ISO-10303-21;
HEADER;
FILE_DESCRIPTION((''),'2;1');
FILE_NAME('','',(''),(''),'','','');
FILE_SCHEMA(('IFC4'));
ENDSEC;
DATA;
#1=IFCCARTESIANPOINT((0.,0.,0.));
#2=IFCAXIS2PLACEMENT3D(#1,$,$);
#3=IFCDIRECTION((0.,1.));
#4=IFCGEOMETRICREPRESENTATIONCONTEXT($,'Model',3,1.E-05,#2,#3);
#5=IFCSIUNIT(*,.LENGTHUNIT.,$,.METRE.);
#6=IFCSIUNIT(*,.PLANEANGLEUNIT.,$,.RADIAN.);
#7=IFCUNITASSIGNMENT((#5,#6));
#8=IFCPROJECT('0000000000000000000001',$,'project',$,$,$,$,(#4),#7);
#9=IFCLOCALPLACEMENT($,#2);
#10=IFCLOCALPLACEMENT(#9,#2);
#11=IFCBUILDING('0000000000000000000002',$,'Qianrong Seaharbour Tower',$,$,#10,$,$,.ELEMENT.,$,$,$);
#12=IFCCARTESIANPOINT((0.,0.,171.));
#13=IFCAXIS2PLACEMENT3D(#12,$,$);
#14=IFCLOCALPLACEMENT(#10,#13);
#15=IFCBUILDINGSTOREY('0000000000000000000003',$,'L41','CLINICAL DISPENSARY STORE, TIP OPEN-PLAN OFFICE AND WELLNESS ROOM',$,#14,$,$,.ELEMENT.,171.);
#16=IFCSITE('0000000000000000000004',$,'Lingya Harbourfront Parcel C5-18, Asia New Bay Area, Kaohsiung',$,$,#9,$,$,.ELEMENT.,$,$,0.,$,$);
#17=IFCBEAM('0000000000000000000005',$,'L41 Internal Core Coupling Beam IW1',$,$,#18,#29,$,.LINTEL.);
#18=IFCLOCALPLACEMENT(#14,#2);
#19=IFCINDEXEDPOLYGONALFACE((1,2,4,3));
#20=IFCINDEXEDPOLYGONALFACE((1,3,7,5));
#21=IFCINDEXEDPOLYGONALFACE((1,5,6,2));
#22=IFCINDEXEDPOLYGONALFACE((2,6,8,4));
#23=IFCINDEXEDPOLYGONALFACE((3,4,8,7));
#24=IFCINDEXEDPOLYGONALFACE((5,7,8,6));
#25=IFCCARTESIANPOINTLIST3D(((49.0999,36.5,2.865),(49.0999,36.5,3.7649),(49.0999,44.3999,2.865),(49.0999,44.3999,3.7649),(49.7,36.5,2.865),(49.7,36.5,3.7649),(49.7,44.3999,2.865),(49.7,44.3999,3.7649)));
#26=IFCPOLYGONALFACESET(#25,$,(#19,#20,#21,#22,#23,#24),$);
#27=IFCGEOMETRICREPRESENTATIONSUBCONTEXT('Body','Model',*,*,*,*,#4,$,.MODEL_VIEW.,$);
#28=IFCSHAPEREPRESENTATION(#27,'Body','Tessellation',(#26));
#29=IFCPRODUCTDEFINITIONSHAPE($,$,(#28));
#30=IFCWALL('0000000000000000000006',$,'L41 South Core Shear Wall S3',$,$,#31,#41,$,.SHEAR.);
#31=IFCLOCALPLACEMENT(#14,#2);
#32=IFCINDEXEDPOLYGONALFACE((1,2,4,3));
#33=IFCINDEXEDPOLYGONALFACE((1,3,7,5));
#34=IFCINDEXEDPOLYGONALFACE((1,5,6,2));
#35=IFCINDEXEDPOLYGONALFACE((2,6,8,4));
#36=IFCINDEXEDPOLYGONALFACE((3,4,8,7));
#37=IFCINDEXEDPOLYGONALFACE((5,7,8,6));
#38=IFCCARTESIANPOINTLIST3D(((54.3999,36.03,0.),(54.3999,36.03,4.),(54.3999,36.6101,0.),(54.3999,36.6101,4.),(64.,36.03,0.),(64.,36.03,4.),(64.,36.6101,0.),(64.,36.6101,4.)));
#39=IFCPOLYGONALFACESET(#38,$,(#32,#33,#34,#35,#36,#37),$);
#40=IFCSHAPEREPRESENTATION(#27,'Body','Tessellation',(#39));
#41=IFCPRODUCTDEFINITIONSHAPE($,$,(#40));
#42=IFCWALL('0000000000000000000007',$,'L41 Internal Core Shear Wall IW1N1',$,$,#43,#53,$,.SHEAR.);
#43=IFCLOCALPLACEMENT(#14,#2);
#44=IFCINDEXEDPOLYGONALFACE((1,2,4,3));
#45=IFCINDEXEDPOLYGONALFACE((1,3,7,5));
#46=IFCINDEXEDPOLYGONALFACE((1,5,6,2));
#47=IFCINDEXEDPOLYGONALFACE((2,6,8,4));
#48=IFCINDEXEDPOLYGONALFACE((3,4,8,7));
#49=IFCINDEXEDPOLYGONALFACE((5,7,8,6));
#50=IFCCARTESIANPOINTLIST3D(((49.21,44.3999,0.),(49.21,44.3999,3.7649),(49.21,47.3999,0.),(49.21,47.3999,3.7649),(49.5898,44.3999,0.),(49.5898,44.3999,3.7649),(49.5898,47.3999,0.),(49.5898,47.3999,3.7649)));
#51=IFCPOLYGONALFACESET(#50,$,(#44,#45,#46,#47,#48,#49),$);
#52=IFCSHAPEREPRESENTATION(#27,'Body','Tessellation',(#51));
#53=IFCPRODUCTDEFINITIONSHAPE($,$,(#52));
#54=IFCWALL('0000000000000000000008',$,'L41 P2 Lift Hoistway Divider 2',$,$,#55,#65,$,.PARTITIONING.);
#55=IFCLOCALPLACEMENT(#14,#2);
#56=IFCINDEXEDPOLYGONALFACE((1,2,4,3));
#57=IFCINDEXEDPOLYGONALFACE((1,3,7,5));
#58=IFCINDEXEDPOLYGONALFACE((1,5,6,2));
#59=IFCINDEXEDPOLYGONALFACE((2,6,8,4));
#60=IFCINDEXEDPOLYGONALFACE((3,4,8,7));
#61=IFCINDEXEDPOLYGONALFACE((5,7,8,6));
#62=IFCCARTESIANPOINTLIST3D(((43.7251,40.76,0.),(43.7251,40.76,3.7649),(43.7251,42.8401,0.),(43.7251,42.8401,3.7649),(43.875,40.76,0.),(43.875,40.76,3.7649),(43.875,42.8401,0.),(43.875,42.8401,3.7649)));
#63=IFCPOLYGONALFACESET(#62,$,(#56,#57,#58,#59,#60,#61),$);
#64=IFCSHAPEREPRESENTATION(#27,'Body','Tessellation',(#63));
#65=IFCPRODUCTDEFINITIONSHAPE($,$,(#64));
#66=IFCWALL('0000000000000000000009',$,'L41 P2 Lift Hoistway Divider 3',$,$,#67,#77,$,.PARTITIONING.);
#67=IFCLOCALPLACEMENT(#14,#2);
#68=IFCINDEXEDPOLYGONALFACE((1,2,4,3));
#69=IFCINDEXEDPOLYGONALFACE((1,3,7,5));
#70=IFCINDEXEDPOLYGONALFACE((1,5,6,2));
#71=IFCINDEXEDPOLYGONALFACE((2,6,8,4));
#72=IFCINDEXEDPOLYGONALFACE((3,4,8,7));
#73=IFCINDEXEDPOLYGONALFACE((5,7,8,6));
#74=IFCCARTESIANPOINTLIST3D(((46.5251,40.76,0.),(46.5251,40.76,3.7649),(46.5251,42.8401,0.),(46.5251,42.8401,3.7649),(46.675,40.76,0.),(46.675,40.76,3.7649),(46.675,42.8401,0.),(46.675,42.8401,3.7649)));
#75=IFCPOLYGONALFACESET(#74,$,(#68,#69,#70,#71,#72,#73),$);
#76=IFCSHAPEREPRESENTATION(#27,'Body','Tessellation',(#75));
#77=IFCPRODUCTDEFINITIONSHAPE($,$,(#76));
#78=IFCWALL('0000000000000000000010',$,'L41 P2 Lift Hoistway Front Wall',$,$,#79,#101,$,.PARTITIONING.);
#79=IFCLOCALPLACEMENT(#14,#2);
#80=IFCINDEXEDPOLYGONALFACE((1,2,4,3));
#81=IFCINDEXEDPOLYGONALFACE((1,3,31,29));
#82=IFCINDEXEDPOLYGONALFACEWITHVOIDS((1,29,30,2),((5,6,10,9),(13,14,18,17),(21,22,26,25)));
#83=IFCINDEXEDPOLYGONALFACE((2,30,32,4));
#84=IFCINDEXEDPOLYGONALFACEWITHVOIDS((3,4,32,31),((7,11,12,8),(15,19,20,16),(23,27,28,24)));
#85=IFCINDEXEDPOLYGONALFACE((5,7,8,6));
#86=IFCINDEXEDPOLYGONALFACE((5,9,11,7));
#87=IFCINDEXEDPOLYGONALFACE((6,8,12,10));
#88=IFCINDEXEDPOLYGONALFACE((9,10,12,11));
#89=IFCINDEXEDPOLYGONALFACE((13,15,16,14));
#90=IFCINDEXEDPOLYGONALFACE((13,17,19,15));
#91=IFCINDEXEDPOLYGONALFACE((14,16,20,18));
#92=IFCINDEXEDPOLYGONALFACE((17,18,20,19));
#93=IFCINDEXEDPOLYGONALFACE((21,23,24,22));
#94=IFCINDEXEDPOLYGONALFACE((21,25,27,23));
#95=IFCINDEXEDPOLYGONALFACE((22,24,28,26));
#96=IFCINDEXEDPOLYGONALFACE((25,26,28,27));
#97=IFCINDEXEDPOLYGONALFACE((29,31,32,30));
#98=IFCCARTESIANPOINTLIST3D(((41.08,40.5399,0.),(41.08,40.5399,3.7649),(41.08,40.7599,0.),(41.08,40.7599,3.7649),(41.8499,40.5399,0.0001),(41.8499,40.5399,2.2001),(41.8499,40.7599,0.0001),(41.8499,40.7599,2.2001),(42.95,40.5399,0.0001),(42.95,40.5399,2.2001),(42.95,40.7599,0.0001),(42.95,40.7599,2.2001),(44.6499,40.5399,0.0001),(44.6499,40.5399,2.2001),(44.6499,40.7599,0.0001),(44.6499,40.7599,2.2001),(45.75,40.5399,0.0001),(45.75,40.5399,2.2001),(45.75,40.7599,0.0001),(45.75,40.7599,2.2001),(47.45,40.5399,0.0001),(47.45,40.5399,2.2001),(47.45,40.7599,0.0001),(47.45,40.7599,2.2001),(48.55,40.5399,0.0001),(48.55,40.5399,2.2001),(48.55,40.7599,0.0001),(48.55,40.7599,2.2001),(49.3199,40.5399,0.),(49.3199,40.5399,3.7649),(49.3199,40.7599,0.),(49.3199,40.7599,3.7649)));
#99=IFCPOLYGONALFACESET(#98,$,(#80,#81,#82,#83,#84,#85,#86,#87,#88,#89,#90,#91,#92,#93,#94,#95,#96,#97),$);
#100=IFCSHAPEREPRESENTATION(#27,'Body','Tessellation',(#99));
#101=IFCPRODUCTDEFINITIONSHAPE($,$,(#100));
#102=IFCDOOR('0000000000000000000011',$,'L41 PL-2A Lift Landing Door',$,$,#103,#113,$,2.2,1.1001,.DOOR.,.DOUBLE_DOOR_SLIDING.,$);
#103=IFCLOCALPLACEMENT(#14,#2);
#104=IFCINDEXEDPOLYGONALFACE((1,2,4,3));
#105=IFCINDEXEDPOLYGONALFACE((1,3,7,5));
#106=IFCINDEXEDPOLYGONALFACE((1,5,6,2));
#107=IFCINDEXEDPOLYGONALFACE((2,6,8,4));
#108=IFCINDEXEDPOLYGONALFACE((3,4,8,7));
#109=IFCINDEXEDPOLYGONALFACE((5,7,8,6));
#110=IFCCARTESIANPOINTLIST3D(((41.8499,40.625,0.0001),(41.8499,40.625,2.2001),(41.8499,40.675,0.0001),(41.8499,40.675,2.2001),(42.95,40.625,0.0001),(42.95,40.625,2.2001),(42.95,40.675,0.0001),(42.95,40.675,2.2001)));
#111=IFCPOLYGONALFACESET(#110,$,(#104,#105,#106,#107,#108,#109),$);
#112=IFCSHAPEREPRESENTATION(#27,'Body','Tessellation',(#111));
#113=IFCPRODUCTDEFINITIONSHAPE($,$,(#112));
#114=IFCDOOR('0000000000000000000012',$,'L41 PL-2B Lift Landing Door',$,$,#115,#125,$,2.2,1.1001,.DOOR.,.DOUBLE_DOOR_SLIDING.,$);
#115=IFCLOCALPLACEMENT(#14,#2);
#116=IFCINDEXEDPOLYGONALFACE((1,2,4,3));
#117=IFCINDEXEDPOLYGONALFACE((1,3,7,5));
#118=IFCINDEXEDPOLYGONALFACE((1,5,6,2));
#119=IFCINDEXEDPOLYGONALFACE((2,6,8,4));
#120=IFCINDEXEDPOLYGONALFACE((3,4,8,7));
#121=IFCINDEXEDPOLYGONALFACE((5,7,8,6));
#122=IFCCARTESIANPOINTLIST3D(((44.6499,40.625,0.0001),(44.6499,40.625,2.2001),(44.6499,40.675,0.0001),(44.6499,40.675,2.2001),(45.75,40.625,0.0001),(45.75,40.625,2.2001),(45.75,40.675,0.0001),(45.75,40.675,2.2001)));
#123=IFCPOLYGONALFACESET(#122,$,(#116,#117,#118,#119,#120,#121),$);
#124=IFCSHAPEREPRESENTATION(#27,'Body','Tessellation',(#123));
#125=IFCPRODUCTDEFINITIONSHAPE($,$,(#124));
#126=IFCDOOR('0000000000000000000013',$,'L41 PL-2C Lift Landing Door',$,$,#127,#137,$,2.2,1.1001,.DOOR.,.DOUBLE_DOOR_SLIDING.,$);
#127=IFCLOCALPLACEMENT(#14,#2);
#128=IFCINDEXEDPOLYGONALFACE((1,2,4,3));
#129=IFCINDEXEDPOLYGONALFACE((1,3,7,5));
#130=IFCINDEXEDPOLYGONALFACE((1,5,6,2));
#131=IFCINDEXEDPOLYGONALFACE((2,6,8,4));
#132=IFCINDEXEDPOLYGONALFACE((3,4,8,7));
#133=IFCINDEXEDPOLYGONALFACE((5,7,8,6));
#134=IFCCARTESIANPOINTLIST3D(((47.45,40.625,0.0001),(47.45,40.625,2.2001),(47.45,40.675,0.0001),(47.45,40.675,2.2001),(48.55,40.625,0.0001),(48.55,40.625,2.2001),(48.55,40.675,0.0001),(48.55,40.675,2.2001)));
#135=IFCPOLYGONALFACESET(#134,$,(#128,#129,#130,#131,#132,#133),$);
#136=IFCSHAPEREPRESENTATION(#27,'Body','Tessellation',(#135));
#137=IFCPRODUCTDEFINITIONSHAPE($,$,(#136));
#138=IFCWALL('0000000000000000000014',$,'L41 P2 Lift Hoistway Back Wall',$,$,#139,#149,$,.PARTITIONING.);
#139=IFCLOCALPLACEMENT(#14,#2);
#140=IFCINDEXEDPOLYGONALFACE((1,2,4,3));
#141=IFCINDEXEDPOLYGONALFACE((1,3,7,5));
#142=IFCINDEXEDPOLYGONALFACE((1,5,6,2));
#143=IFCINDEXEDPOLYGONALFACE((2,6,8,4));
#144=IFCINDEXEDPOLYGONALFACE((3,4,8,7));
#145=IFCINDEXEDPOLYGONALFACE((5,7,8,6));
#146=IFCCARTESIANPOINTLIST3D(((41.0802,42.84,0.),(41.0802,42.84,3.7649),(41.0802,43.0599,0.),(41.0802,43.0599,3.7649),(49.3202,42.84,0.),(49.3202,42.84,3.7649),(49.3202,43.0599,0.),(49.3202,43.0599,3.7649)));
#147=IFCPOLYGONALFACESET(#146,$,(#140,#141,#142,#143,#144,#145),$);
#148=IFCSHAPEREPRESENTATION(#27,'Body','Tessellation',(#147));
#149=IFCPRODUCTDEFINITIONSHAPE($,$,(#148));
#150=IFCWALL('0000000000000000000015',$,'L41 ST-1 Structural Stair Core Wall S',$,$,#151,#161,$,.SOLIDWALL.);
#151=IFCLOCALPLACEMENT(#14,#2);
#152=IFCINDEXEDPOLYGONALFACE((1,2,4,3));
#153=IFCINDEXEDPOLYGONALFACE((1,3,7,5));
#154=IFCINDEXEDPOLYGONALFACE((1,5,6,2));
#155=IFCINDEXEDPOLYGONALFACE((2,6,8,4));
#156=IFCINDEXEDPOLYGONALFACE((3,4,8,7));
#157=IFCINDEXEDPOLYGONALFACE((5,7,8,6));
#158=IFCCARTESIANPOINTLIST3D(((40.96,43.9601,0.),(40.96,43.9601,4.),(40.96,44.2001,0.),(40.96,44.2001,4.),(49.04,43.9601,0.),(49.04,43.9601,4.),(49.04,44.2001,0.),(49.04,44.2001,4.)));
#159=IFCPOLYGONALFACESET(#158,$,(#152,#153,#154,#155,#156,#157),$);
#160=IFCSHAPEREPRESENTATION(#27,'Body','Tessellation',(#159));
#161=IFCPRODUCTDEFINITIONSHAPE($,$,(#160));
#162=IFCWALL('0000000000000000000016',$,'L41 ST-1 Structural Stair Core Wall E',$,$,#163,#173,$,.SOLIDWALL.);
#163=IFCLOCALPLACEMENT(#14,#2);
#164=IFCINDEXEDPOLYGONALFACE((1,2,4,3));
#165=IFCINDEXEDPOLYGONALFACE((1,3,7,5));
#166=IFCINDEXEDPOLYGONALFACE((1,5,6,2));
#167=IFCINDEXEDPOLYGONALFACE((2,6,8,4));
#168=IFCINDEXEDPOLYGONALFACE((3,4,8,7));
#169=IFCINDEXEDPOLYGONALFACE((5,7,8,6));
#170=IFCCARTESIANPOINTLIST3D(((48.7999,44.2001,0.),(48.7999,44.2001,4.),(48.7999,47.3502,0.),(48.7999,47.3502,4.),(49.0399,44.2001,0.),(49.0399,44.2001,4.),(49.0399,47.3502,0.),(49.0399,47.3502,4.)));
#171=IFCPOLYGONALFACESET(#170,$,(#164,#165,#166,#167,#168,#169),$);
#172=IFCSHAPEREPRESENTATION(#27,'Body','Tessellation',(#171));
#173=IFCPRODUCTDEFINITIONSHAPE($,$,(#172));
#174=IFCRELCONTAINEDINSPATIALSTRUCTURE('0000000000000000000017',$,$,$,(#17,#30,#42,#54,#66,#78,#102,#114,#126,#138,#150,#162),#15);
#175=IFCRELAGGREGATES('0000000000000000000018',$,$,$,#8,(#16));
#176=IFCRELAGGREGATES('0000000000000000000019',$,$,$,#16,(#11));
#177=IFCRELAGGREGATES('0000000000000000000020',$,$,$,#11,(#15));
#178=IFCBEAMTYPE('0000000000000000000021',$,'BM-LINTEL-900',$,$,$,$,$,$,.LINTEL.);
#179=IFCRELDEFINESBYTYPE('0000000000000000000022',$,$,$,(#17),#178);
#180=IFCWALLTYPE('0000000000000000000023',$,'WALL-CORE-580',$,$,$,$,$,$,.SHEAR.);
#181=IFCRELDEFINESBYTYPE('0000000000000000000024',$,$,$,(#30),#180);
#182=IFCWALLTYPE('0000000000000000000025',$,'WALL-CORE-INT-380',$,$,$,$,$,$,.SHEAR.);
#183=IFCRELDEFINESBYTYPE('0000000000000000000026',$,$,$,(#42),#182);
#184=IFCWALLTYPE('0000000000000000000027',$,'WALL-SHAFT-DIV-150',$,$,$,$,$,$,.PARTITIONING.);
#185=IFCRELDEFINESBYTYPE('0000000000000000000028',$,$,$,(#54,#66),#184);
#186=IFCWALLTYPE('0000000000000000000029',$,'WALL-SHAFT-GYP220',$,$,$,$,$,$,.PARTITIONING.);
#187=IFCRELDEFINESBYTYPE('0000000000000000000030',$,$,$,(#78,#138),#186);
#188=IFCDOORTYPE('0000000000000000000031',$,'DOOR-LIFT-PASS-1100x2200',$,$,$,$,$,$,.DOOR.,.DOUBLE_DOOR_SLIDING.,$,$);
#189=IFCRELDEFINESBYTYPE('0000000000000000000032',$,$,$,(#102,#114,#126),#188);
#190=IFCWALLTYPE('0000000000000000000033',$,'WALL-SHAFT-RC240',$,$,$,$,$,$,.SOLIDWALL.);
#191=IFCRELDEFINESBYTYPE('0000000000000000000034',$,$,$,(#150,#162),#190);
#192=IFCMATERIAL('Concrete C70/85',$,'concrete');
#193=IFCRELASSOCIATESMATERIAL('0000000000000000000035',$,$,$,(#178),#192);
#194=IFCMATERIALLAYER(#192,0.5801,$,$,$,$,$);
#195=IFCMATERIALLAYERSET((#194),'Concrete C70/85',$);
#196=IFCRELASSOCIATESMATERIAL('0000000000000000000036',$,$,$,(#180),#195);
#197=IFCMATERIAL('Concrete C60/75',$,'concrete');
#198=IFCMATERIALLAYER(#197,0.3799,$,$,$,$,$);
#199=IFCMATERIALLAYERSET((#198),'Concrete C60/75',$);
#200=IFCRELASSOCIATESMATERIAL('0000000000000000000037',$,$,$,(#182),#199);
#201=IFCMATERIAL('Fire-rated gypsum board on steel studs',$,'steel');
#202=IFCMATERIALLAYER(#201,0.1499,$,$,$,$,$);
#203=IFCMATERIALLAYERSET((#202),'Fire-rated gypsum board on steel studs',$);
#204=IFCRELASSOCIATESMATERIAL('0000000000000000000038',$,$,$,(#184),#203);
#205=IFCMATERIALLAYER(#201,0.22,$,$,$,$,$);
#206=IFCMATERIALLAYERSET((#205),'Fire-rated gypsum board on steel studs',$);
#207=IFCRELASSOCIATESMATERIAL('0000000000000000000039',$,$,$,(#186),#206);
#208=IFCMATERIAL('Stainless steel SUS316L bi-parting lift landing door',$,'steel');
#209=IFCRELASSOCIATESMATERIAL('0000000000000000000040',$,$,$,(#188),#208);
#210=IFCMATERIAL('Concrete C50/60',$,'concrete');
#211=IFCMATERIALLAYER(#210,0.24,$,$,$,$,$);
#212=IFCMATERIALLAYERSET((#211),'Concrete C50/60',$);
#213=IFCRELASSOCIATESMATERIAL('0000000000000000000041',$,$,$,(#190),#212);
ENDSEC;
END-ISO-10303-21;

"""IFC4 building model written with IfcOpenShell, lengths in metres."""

from ifc_helpers import new_model, si_unit, direction, frame, frame_2d, origin, origin_2d, place, context, subcontext, project, spatial, rectangle, extrude, material, layer, layer_set, material_profile, profile_set, type_object, element, fill, save


model = new_model("IFC4")

# Units and contexts
model_context = context("Model", 3, precision=1e-05, world=origin(), true_north=direction((0.0, 1.0)))
body_context = subcontext(model_context, "Body", "Model", "MODEL_VIEW")
ifc_project = project(units=[si_unit("LENGTHUNIT", "METRE"), si_unit("PLANEANGLEUNIT", "RADIAN")], contexts=[model_context])

# Site, building, storey
site_placement = place(None, origin())
site = spatial("IfcSite", under=ifc_project, at=site_placement, Name="Lingya Harbourfront Parcel C5-18, Asia New Bay Area, Kaohsiung", CompositionType="ELEMENT", RefElevation=0.0)
building_placement = place(site_placement, origin())
building = spatial("IfcBuilding", under=site, at=building_placement, Name="Qianrong Seaharbour Tower", CompositionType="ELEMENT")
storey_placement = place(building_placement, frame((0.0, 0.0, 171.0)))
storey = spatial("IfcBuildingStorey", under=building, at=storey_placement, Name="L41", Description="CLINICAL DISPENSARY STORE, TIP OPEN-PLAN OFFICE AND WELLNESS ROOM", CompositionType="ELEMENT", Elevation=171.0)

# Beam
ifc_material_1 = material(Name="Concrete C70/85", Category="concrete")
ifc_material_profile = material_profile(ifc_material_1, rectangle(XDim=0.6001, YDim=0.8999, at=origin_2d()), Name="RC600x900")
ifc_profile_set = profile_set([ifc_material_profile], Name="Concrete C70/85")
beam_type = type_object("IfcBeamType", Name="BM-LINTEL-900", PredefinedType="LINTEL", material=ifc_profile_set)
beam_placement = place(storey_placement, frame((49.3999, 36.5, 3.3149), z_axis=(0.0, 1.0, 0.0), x_axis=(-1.0, 0.0, 0.0)))
element("IfcBeam", 1, at=beam_placement, inside=storey, type_object=beam_type, Name="L41 Internal Core Coupling Beam IW1", PredefinedType="LINTEL", context=body_context, shape_type="SweptSolid", body=[
    extrude(rectangle(XDim=0.6001, YDim=0.8999, at=origin_2d()), origin(), (0.0, 0.0, 1.0), 7.8999),
])

# Walls
ifc_layer_1 = layer(ifc_material_1, 0.5801)
ifc_layer_set_1 = layer_set([ifc_layer_1], Name="Concrete C70/85")
wall_type_1 = type_object("IfcWallType", Name="WALL-CORE-580", PredefinedType="SHEAR", material=ifc_layer_set_1)
wall_1_placement = place(storey_placement, frame((54.3999, 36.3201, 0.0), z_axis=(0.0, 0.0, 1.0), x_axis=(1.0, 0.0, 0.0)))
element("IfcWall", 2, at=wall_1_placement, inside=storey, type_object=wall_type_1, Name="L41 South Core Shear Wall S3", PredefinedType="SHEAR", context=body_context, shape_type="SweptSolid", body=[
    extrude(rectangle(XDim=9.6001, YDim=0.5801, at=frame_2d((4.8, 0.0))), origin(), (0.0, 0.0, 1.0), 4.0),
])
ifc_material_2 = material(Name="Concrete C60/75", Category="concrete")
ifc_layer_2 = layer(ifc_material_2, 0.3799)
ifc_layer_set_2 = layer_set([ifc_layer_2], Name="Concrete C60/75")
wall_type_2 = type_object("IfcWallType", Name="WALL-CORE-INT-380", PredefinedType="SHEAR", material=ifc_layer_set_2)
wall_2_placement = place(storey_placement, frame((49.3999, 44.3999, 0.0), z_axis=(0.0, 0.0, 1.0), x_axis=(0.0, 1.0, 0.0)))
element("IfcWall", 3, at=wall_2_placement, inside=storey, type_object=wall_type_2, Name="L41 Internal Core Shear Wall IW1N1", PredefinedType="SHEAR", context=body_context, shape_type="SweptSolid", body=[
    extrude(rectangle(XDim=3.0, YDim=0.3799, at=frame_2d((1.5, 0.0))), origin(), (0.0, 0.0, 1.0), 3.7649),
])
ifc_material_3 = material(Name="Fire-rated gypsum board on steel studs", Category="steel")
ifc_layer_3 = layer(ifc_material_3, 0.1499)
ifc_layer_set_3 = layer_set([ifc_layer_3], Name="Fire-rated gypsum board on steel studs")
wall_type_3 = type_object("IfcWallType", Name="WALL-SHAFT-DIV-150", PredefinedType="PARTITIONING", material=ifc_layer_set_3)
for number, where, z_axis, x_axis, name in (
    (4, (43.8, 40.76, 0.0), (0.0, 0.0, 1.0), (0.0, 1.0, 0.0), "L41 P2 Lift Hoistway Divider 2"),
    (5, (46.6001, 40.76, 0.0), (0.0, 0.0, 1.0), (0.0, 1.0, 0.0), "L41 P2 Lift Hoistway Divider 3"),
):
    element("IfcWall", number, at=place(storey_placement, frame(where, z_axis=z_axis, x_axis=x_axis)), inside=storey, type_object=wall_type_3, Name=name, PredefinedType="PARTITIONING", context=body_context, shape_type="SweptSolid", body=[
        extrude(rectangle(XDim=2.0801, YDim=0.1499, at=frame_2d((1.04, 0.0))), origin(), (0.0, 0.0, 1.0), 3.7649),
    ])

# Wall, openings, doors
ifc_layer_4 = layer(ifc_material_3, 0.22)
ifc_layer_set_4 = layer_set([ifc_layer_4], Name="Fire-rated gypsum board on steel studs")
wall_type_4 = type_object("IfcWallType", Name="WALL-SHAFT-GYP220", PredefinedType="PARTITIONING", material=ifc_layer_set_4)
wall_3_placement = place(storey_placement, frame((49.3201, 40.6499, 0.0), z_axis=(0.0, 0.0, 1.0), x_axis=(-1.0, 0.0, 0.0)))
wall_3 = element("IfcWall", 6, at=wall_3_placement, inside=storey, type_object=wall_type_4, Name="L41 P2 Lift Hoistway Front Wall", PredefinedType="PARTITIONING", context=body_context, shape_type="SweptSolid", body=[
    extrude(rectangle(XDim=8.24, YDim=0.22, at=frame_2d((4.1201, 0.0))), origin(), (0.0, 0.0, 1.0), 3.7649),
])
opening_1_placement = place(wall_3_placement, frame((6.3701, 0.0, 0.0)))
opening_1 = element("IfcOpeningElement", 7, at=opening_1_placement, cuts=wall_3, PredefinedType="OPENING", context=body_context, shape_type="SweptSolid", body=[
    extrude(rectangle(XDim=1.1001, YDim=2.2, at=frame_2d((0.55, 1.1001))), frame((0.0, 0.1201, 0.0), z_axis=(0.0, -1.0, 0.0), x_axis=(1.0, 0.0, 0.0)), (0.0, 0.0, 1.0), 0.24),
])
opening_2_placement = place(wall_3_placement, frame((3.5701, 0.0, 0.0)))
opening_2 = element("IfcOpeningElement", 8, at=opening_2_placement, cuts=wall_3, PredefinedType="OPENING", context=body_context, shape_type="SweptSolid", body=[
    extrude(rectangle(XDim=1.1001, YDim=2.2, at=frame_2d((0.55, 1.1001))), frame((0.0, 0.1201, 0.0), z_axis=(0.0, -1.0, 0.0), x_axis=(1.0, 0.0, 0.0)), (0.0, 0.0, 1.0), 0.24),
])
opening_3_placement = place(wall_3_placement, frame((0.77, 0.0, 0.0)))
opening_3 = element("IfcOpeningElement", 9, at=opening_3_placement, cuts=wall_3, PredefinedType="OPENING", context=body_context, shape_type="SweptSolid", body=[
    extrude(rectangle(XDim=1.1001, YDim=2.2, at=frame_2d((0.55, 1.1001))), frame((0.0, 0.1201, 0.0), z_axis=(0.0, -1.0, 0.0), x_axis=(1.0, 0.0, 0.0)), (0.0, 0.0, 1.0), 0.24),
])
ifc_material_4 = material(Name="Stainless steel SUS316L bi-parting lift landing door", Category="steel")
door_type = type_object("IfcDoorType", Name="DOOR-LIFT-PASS-1100x2200", OperationType="DOUBLE_DOOR_SLIDING", PredefinedType="DOOR", material=ifc_material_4)
door_1_placement = place(opening_1_placement, origin())
door_1 = element("IfcDoor", 10, at=door_1_placement, inside=storey, type_object=door_type, Name="L41 PL-2A Lift Landing Door", OperationType="DOUBLE_DOOR_SLIDING", OverallHeight=2.2, OverallWidth=1.1001, PredefinedType="DOOR", context=body_context, shape_type="SweptSolid", body=[
    extrude(rectangle(XDim=1.1001, YDim=2.2, at=frame_2d((0.55, 1.1001))), frame((0.0, 0.0249, 0.0), z_axis=(0.0, -1.0, 0.0), x_axis=(1.0, 0.0, 0.0)), (0.0, 0.0, 1.0), 0.05),
])
fill(opening_1, door_1)
door_2_placement = place(opening_2_placement, origin())
door_2 = element("IfcDoor", 11, at=door_2_placement, inside=storey, type_object=door_type, Name="L41 PL-2B Lift Landing Door", OperationType="DOUBLE_DOOR_SLIDING", OverallHeight=2.2, OverallWidth=1.1001, PredefinedType="DOOR", context=body_context, shape_type="SweptSolid", body=[
    extrude(rectangle(XDim=1.1001, YDim=2.2, at=frame_2d((0.55, 1.1001))), frame((0.0, 0.0249, 0.0), z_axis=(0.0, -1.0, 0.0), x_axis=(1.0, 0.0, 0.0)), (0.0, 0.0, 1.0), 0.05),
])
fill(opening_2, door_2)
door_3_placement = place(opening_3_placement, origin())
door_3 = element("IfcDoor", 12, at=door_3_placement, inside=storey, type_object=door_type, Name="L41 PL-2C Lift Landing Door", OperationType="DOUBLE_DOOR_SLIDING", OverallHeight=2.2, OverallWidth=1.1001, PredefinedType="DOOR", context=body_context, shape_type="SweptSolid", body=[
    extrude(rectangle(XDim=1.1001, YDim=2.2, at=frame_2d((0.55, 1.1001))), frame((0.0, 0.0249, 0.0), z_axis=(0.0, -1.0, 0.0), x_axis=(1.0, 0.0, 0.0)), (0.0, 0.0, 1.0), 0.05),
])
fill(opening_3, door_3)

# Walls
wall_4_placement = place(storey_placement, frame((41.0801, 42.95, 0.0), z_axis=(0.0, 0.0, 1.0), x_axis=(1.0, 0.0, 0.0)))
element("IfcWall", 13, at=wall_4_placement, inside=storey, type_object=wall_type_4, Name="L41 P2 Lift Hoistway Back Wall", PredefinedType="PARTITIONING", context=body_context, shape_type="SweptSolid", body=[
    extrude(rectangle(XDim=8.24, YDim=0.22, at=frame_2d((4.1201, 0.0))), origin(), (0.0, 0.0, 1.0), 3.7649),
])
ifc_material_5 = material(Name="Concrete C50/60", Category="concrete")
ifc_layer_5 = layer(ifc_material_5, 0.24)
ifc_layer_set_5 = layer_set([ifc_layer_5], Name="Concrete C50/60")
wall_type_5 = type_object("IfcWallType", Name="WALL-SHAFT-RC240", PredefinedType="SOLIDWALL", material=ifc_layer_set_5)
wall_5_placement = place(storey_placement, frame((49.04, 44.0801, 0.0), z_axis=(0.0, 0.0, 1.0), x_axis=(-1.0, 0.0, 0.0)))
element("IfcWall", 14, at=wall_5_placement, inside=storey, type_object=wall_type_5, Name="L41 ST-1 Structural Stair Core Wall S", PredefinedType="SOLIDWALL", context=body_context, shape_type="SweptSolid", body=[
    extrude(rectangle(XDim=8.0801, YDim=0.24, at=frame_2d((4.04, 0.0))), origin(), (0.0, 0.0, 1.0), 4.0),
])
wall_6_placement = place(storey_placement, frame((48.9199, 44.2, 0.0), z_axis=(0.0, 0.0, 1.0), x_axis=(0.0, 1.0, 0.0)))
element("IfcWall", 15, at=wall_6_placement, inside=storey, type_object=wall_type_5, Name="L41 ST-1 Structural Stair Core Wall E", PredefinedType="SOLIDWALL", context=body_context, shape_type="SweptSolid", body=[
    extrude(rectangle(XDim=3.1501, YDim=0.24, at=frame_2d((1.5752, 0.0))), origin(), (0.0, 0.0, 1.0), 4.0),
])

save(model, "model.ifc")
